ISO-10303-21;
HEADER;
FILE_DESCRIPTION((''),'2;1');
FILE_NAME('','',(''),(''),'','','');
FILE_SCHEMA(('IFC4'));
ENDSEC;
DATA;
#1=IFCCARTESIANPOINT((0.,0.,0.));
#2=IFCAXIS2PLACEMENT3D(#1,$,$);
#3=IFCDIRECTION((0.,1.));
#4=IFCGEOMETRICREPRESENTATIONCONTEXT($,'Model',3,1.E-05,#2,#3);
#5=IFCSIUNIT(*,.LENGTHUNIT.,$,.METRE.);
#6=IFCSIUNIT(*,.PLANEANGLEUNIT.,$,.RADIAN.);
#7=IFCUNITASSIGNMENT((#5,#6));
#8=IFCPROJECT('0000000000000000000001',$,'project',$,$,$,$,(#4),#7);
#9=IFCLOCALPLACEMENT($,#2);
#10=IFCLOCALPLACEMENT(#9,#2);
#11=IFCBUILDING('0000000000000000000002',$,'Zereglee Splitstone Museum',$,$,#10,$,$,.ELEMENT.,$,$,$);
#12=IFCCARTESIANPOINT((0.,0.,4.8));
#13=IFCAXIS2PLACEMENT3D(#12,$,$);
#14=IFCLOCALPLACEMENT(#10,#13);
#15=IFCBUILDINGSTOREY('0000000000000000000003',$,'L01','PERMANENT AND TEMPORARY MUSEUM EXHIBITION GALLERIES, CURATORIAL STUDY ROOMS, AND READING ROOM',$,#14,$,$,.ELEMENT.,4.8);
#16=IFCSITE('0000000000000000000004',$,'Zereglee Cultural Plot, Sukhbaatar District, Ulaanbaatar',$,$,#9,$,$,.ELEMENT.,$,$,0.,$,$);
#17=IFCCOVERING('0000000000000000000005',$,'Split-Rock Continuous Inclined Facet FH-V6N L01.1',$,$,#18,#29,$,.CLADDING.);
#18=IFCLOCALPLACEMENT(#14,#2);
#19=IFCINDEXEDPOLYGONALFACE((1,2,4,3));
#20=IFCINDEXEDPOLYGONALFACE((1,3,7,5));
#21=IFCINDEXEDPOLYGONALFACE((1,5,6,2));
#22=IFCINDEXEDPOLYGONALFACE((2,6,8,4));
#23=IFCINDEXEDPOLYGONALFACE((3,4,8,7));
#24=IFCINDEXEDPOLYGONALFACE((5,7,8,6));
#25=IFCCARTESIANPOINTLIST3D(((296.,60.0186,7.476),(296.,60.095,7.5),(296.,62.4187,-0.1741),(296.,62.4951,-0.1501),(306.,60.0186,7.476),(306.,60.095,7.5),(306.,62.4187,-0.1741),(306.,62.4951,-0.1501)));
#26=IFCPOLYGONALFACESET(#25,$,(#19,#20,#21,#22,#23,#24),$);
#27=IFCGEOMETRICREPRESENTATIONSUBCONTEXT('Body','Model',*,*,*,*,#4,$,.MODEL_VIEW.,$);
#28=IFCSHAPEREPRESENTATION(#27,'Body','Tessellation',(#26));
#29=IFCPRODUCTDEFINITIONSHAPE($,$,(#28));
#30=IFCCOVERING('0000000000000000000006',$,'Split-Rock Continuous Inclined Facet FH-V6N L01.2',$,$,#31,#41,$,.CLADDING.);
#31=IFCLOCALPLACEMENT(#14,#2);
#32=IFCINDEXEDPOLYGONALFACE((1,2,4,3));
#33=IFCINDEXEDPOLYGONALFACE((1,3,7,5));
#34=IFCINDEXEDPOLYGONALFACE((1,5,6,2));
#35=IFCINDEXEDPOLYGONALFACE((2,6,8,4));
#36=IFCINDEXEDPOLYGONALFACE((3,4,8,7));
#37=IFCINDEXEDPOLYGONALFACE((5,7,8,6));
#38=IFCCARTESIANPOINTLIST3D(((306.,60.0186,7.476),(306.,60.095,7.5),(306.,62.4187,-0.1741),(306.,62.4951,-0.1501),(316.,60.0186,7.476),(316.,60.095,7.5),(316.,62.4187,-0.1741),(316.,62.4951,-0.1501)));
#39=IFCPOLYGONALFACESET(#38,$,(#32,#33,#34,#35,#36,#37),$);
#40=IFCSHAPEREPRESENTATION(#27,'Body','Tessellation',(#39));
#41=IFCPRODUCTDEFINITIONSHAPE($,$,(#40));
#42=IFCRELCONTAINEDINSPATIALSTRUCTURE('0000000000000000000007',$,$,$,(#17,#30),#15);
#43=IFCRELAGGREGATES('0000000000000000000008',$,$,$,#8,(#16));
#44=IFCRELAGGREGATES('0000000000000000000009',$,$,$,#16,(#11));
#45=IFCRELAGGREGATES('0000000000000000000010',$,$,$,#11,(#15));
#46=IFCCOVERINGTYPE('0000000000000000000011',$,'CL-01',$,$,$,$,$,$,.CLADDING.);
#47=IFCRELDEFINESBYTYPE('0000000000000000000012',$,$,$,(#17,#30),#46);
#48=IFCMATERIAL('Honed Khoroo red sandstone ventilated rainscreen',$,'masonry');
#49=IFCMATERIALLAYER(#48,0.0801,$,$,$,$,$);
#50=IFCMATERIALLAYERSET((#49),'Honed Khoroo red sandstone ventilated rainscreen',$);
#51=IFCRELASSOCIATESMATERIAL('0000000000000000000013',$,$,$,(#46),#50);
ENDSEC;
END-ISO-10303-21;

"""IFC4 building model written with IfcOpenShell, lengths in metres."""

from ifc_helpers import new_model, si_unit, direction, frame, origin, place, context, subcontext, project, spatial, polyline, outline, extrude, material, layer, layer_set, type_object, element, save


model = new_model("IFC4")

# Units and contexts
model_context = context("Model", 3, precision=1e-05, world=origin(), true_north=direction((0.0, 1.0)))
body_context = subcontext(model_context, "Body", "Model", "MODEL_VIEW")
ifc_project = project(units=[si_unit("LENGTHUNIT", "METRE"), si_unit("PLANEANGLEUNIT", "RADIAN")], contexts=[model_context])

# Site, building, storey
site_placement = place(None, origin())
site = spatial("IfcSite", under=ifc_project, at=site_placement, Name="Zereglee Cultural Plot, Sukhbaatar District, Ulaanbaatar", CompositionType="ELEMENT", RefElevation=0.0)
building_placement = place(site_placement, origin())
building = spatial("IfcBuilding", under=site, at=building_placement, Name="Zereglee Splitstone Museum", CompositionType="ELEMENT")
storey_placement = place(building_placement, frame((0.0, 0.0, 4.8)))
storey = spatial("IfcBuildingStorey", under=building, at=storey_placement, Name="L01", Description="PERMANENT AND TEMPORARY MUSEUM EXHIBITION GALLERIES, CURATORIAL STUDY ROOMS, AND READING ROOM", CompositionType="ELEMENT", Elevation=4.8)

# Coverings
ifc_material_1 = material(Name="Honed Khoroo red sandstone ventilated rainscreen", Category="masonry")
ifc_layer_1 = layer(ifc_material_1, 0.0801)
ifc_layer_set_1 = layer_set([ifc_layer_1], Name="Honed Khoroo red sandstone ventilated rainscreen")
covering_type = type_object("IfcCoveringType", Name="CL-01", PredefinedType="CLADDING", material=ifc_layer_set_1)
for number, where, z_axis, x_axis, name in (
    (1, (296.0, 60.095, 7.5), (0.0, 0.954143, 0.299351), (1.0, 0.0, 0.0), "Split-Rock Continuous Inclined Facet FH-V6N L01.1"),
    (2, (306.0, 60.095, 7.5), (0.0, 0.954143, 0.299351), (1.0, 0.0, 0.0), "Split-Rock Continuous Inclined Facet FH-V6N L01.2"),
):
    element("IfcCovering", number, at=place(storey_placement, frame(where, z_axis=z_axis, x_axis=x_axis)), inside=storey, type_object=covering_type, Name=name, PredefinedType="CLADDING", context=body_context, shape_type="SweptSolid", body=[
        extrude(outline(polyline([(0.0, 0.0), (10.0, 0.0), (10.0, 8.0178), (0.0, 8.0178), (0.0, 0.0)])), origin(), (0.0, 0.0, -1.0), 0.0801),
    ])

save(model, "model.ifc")
